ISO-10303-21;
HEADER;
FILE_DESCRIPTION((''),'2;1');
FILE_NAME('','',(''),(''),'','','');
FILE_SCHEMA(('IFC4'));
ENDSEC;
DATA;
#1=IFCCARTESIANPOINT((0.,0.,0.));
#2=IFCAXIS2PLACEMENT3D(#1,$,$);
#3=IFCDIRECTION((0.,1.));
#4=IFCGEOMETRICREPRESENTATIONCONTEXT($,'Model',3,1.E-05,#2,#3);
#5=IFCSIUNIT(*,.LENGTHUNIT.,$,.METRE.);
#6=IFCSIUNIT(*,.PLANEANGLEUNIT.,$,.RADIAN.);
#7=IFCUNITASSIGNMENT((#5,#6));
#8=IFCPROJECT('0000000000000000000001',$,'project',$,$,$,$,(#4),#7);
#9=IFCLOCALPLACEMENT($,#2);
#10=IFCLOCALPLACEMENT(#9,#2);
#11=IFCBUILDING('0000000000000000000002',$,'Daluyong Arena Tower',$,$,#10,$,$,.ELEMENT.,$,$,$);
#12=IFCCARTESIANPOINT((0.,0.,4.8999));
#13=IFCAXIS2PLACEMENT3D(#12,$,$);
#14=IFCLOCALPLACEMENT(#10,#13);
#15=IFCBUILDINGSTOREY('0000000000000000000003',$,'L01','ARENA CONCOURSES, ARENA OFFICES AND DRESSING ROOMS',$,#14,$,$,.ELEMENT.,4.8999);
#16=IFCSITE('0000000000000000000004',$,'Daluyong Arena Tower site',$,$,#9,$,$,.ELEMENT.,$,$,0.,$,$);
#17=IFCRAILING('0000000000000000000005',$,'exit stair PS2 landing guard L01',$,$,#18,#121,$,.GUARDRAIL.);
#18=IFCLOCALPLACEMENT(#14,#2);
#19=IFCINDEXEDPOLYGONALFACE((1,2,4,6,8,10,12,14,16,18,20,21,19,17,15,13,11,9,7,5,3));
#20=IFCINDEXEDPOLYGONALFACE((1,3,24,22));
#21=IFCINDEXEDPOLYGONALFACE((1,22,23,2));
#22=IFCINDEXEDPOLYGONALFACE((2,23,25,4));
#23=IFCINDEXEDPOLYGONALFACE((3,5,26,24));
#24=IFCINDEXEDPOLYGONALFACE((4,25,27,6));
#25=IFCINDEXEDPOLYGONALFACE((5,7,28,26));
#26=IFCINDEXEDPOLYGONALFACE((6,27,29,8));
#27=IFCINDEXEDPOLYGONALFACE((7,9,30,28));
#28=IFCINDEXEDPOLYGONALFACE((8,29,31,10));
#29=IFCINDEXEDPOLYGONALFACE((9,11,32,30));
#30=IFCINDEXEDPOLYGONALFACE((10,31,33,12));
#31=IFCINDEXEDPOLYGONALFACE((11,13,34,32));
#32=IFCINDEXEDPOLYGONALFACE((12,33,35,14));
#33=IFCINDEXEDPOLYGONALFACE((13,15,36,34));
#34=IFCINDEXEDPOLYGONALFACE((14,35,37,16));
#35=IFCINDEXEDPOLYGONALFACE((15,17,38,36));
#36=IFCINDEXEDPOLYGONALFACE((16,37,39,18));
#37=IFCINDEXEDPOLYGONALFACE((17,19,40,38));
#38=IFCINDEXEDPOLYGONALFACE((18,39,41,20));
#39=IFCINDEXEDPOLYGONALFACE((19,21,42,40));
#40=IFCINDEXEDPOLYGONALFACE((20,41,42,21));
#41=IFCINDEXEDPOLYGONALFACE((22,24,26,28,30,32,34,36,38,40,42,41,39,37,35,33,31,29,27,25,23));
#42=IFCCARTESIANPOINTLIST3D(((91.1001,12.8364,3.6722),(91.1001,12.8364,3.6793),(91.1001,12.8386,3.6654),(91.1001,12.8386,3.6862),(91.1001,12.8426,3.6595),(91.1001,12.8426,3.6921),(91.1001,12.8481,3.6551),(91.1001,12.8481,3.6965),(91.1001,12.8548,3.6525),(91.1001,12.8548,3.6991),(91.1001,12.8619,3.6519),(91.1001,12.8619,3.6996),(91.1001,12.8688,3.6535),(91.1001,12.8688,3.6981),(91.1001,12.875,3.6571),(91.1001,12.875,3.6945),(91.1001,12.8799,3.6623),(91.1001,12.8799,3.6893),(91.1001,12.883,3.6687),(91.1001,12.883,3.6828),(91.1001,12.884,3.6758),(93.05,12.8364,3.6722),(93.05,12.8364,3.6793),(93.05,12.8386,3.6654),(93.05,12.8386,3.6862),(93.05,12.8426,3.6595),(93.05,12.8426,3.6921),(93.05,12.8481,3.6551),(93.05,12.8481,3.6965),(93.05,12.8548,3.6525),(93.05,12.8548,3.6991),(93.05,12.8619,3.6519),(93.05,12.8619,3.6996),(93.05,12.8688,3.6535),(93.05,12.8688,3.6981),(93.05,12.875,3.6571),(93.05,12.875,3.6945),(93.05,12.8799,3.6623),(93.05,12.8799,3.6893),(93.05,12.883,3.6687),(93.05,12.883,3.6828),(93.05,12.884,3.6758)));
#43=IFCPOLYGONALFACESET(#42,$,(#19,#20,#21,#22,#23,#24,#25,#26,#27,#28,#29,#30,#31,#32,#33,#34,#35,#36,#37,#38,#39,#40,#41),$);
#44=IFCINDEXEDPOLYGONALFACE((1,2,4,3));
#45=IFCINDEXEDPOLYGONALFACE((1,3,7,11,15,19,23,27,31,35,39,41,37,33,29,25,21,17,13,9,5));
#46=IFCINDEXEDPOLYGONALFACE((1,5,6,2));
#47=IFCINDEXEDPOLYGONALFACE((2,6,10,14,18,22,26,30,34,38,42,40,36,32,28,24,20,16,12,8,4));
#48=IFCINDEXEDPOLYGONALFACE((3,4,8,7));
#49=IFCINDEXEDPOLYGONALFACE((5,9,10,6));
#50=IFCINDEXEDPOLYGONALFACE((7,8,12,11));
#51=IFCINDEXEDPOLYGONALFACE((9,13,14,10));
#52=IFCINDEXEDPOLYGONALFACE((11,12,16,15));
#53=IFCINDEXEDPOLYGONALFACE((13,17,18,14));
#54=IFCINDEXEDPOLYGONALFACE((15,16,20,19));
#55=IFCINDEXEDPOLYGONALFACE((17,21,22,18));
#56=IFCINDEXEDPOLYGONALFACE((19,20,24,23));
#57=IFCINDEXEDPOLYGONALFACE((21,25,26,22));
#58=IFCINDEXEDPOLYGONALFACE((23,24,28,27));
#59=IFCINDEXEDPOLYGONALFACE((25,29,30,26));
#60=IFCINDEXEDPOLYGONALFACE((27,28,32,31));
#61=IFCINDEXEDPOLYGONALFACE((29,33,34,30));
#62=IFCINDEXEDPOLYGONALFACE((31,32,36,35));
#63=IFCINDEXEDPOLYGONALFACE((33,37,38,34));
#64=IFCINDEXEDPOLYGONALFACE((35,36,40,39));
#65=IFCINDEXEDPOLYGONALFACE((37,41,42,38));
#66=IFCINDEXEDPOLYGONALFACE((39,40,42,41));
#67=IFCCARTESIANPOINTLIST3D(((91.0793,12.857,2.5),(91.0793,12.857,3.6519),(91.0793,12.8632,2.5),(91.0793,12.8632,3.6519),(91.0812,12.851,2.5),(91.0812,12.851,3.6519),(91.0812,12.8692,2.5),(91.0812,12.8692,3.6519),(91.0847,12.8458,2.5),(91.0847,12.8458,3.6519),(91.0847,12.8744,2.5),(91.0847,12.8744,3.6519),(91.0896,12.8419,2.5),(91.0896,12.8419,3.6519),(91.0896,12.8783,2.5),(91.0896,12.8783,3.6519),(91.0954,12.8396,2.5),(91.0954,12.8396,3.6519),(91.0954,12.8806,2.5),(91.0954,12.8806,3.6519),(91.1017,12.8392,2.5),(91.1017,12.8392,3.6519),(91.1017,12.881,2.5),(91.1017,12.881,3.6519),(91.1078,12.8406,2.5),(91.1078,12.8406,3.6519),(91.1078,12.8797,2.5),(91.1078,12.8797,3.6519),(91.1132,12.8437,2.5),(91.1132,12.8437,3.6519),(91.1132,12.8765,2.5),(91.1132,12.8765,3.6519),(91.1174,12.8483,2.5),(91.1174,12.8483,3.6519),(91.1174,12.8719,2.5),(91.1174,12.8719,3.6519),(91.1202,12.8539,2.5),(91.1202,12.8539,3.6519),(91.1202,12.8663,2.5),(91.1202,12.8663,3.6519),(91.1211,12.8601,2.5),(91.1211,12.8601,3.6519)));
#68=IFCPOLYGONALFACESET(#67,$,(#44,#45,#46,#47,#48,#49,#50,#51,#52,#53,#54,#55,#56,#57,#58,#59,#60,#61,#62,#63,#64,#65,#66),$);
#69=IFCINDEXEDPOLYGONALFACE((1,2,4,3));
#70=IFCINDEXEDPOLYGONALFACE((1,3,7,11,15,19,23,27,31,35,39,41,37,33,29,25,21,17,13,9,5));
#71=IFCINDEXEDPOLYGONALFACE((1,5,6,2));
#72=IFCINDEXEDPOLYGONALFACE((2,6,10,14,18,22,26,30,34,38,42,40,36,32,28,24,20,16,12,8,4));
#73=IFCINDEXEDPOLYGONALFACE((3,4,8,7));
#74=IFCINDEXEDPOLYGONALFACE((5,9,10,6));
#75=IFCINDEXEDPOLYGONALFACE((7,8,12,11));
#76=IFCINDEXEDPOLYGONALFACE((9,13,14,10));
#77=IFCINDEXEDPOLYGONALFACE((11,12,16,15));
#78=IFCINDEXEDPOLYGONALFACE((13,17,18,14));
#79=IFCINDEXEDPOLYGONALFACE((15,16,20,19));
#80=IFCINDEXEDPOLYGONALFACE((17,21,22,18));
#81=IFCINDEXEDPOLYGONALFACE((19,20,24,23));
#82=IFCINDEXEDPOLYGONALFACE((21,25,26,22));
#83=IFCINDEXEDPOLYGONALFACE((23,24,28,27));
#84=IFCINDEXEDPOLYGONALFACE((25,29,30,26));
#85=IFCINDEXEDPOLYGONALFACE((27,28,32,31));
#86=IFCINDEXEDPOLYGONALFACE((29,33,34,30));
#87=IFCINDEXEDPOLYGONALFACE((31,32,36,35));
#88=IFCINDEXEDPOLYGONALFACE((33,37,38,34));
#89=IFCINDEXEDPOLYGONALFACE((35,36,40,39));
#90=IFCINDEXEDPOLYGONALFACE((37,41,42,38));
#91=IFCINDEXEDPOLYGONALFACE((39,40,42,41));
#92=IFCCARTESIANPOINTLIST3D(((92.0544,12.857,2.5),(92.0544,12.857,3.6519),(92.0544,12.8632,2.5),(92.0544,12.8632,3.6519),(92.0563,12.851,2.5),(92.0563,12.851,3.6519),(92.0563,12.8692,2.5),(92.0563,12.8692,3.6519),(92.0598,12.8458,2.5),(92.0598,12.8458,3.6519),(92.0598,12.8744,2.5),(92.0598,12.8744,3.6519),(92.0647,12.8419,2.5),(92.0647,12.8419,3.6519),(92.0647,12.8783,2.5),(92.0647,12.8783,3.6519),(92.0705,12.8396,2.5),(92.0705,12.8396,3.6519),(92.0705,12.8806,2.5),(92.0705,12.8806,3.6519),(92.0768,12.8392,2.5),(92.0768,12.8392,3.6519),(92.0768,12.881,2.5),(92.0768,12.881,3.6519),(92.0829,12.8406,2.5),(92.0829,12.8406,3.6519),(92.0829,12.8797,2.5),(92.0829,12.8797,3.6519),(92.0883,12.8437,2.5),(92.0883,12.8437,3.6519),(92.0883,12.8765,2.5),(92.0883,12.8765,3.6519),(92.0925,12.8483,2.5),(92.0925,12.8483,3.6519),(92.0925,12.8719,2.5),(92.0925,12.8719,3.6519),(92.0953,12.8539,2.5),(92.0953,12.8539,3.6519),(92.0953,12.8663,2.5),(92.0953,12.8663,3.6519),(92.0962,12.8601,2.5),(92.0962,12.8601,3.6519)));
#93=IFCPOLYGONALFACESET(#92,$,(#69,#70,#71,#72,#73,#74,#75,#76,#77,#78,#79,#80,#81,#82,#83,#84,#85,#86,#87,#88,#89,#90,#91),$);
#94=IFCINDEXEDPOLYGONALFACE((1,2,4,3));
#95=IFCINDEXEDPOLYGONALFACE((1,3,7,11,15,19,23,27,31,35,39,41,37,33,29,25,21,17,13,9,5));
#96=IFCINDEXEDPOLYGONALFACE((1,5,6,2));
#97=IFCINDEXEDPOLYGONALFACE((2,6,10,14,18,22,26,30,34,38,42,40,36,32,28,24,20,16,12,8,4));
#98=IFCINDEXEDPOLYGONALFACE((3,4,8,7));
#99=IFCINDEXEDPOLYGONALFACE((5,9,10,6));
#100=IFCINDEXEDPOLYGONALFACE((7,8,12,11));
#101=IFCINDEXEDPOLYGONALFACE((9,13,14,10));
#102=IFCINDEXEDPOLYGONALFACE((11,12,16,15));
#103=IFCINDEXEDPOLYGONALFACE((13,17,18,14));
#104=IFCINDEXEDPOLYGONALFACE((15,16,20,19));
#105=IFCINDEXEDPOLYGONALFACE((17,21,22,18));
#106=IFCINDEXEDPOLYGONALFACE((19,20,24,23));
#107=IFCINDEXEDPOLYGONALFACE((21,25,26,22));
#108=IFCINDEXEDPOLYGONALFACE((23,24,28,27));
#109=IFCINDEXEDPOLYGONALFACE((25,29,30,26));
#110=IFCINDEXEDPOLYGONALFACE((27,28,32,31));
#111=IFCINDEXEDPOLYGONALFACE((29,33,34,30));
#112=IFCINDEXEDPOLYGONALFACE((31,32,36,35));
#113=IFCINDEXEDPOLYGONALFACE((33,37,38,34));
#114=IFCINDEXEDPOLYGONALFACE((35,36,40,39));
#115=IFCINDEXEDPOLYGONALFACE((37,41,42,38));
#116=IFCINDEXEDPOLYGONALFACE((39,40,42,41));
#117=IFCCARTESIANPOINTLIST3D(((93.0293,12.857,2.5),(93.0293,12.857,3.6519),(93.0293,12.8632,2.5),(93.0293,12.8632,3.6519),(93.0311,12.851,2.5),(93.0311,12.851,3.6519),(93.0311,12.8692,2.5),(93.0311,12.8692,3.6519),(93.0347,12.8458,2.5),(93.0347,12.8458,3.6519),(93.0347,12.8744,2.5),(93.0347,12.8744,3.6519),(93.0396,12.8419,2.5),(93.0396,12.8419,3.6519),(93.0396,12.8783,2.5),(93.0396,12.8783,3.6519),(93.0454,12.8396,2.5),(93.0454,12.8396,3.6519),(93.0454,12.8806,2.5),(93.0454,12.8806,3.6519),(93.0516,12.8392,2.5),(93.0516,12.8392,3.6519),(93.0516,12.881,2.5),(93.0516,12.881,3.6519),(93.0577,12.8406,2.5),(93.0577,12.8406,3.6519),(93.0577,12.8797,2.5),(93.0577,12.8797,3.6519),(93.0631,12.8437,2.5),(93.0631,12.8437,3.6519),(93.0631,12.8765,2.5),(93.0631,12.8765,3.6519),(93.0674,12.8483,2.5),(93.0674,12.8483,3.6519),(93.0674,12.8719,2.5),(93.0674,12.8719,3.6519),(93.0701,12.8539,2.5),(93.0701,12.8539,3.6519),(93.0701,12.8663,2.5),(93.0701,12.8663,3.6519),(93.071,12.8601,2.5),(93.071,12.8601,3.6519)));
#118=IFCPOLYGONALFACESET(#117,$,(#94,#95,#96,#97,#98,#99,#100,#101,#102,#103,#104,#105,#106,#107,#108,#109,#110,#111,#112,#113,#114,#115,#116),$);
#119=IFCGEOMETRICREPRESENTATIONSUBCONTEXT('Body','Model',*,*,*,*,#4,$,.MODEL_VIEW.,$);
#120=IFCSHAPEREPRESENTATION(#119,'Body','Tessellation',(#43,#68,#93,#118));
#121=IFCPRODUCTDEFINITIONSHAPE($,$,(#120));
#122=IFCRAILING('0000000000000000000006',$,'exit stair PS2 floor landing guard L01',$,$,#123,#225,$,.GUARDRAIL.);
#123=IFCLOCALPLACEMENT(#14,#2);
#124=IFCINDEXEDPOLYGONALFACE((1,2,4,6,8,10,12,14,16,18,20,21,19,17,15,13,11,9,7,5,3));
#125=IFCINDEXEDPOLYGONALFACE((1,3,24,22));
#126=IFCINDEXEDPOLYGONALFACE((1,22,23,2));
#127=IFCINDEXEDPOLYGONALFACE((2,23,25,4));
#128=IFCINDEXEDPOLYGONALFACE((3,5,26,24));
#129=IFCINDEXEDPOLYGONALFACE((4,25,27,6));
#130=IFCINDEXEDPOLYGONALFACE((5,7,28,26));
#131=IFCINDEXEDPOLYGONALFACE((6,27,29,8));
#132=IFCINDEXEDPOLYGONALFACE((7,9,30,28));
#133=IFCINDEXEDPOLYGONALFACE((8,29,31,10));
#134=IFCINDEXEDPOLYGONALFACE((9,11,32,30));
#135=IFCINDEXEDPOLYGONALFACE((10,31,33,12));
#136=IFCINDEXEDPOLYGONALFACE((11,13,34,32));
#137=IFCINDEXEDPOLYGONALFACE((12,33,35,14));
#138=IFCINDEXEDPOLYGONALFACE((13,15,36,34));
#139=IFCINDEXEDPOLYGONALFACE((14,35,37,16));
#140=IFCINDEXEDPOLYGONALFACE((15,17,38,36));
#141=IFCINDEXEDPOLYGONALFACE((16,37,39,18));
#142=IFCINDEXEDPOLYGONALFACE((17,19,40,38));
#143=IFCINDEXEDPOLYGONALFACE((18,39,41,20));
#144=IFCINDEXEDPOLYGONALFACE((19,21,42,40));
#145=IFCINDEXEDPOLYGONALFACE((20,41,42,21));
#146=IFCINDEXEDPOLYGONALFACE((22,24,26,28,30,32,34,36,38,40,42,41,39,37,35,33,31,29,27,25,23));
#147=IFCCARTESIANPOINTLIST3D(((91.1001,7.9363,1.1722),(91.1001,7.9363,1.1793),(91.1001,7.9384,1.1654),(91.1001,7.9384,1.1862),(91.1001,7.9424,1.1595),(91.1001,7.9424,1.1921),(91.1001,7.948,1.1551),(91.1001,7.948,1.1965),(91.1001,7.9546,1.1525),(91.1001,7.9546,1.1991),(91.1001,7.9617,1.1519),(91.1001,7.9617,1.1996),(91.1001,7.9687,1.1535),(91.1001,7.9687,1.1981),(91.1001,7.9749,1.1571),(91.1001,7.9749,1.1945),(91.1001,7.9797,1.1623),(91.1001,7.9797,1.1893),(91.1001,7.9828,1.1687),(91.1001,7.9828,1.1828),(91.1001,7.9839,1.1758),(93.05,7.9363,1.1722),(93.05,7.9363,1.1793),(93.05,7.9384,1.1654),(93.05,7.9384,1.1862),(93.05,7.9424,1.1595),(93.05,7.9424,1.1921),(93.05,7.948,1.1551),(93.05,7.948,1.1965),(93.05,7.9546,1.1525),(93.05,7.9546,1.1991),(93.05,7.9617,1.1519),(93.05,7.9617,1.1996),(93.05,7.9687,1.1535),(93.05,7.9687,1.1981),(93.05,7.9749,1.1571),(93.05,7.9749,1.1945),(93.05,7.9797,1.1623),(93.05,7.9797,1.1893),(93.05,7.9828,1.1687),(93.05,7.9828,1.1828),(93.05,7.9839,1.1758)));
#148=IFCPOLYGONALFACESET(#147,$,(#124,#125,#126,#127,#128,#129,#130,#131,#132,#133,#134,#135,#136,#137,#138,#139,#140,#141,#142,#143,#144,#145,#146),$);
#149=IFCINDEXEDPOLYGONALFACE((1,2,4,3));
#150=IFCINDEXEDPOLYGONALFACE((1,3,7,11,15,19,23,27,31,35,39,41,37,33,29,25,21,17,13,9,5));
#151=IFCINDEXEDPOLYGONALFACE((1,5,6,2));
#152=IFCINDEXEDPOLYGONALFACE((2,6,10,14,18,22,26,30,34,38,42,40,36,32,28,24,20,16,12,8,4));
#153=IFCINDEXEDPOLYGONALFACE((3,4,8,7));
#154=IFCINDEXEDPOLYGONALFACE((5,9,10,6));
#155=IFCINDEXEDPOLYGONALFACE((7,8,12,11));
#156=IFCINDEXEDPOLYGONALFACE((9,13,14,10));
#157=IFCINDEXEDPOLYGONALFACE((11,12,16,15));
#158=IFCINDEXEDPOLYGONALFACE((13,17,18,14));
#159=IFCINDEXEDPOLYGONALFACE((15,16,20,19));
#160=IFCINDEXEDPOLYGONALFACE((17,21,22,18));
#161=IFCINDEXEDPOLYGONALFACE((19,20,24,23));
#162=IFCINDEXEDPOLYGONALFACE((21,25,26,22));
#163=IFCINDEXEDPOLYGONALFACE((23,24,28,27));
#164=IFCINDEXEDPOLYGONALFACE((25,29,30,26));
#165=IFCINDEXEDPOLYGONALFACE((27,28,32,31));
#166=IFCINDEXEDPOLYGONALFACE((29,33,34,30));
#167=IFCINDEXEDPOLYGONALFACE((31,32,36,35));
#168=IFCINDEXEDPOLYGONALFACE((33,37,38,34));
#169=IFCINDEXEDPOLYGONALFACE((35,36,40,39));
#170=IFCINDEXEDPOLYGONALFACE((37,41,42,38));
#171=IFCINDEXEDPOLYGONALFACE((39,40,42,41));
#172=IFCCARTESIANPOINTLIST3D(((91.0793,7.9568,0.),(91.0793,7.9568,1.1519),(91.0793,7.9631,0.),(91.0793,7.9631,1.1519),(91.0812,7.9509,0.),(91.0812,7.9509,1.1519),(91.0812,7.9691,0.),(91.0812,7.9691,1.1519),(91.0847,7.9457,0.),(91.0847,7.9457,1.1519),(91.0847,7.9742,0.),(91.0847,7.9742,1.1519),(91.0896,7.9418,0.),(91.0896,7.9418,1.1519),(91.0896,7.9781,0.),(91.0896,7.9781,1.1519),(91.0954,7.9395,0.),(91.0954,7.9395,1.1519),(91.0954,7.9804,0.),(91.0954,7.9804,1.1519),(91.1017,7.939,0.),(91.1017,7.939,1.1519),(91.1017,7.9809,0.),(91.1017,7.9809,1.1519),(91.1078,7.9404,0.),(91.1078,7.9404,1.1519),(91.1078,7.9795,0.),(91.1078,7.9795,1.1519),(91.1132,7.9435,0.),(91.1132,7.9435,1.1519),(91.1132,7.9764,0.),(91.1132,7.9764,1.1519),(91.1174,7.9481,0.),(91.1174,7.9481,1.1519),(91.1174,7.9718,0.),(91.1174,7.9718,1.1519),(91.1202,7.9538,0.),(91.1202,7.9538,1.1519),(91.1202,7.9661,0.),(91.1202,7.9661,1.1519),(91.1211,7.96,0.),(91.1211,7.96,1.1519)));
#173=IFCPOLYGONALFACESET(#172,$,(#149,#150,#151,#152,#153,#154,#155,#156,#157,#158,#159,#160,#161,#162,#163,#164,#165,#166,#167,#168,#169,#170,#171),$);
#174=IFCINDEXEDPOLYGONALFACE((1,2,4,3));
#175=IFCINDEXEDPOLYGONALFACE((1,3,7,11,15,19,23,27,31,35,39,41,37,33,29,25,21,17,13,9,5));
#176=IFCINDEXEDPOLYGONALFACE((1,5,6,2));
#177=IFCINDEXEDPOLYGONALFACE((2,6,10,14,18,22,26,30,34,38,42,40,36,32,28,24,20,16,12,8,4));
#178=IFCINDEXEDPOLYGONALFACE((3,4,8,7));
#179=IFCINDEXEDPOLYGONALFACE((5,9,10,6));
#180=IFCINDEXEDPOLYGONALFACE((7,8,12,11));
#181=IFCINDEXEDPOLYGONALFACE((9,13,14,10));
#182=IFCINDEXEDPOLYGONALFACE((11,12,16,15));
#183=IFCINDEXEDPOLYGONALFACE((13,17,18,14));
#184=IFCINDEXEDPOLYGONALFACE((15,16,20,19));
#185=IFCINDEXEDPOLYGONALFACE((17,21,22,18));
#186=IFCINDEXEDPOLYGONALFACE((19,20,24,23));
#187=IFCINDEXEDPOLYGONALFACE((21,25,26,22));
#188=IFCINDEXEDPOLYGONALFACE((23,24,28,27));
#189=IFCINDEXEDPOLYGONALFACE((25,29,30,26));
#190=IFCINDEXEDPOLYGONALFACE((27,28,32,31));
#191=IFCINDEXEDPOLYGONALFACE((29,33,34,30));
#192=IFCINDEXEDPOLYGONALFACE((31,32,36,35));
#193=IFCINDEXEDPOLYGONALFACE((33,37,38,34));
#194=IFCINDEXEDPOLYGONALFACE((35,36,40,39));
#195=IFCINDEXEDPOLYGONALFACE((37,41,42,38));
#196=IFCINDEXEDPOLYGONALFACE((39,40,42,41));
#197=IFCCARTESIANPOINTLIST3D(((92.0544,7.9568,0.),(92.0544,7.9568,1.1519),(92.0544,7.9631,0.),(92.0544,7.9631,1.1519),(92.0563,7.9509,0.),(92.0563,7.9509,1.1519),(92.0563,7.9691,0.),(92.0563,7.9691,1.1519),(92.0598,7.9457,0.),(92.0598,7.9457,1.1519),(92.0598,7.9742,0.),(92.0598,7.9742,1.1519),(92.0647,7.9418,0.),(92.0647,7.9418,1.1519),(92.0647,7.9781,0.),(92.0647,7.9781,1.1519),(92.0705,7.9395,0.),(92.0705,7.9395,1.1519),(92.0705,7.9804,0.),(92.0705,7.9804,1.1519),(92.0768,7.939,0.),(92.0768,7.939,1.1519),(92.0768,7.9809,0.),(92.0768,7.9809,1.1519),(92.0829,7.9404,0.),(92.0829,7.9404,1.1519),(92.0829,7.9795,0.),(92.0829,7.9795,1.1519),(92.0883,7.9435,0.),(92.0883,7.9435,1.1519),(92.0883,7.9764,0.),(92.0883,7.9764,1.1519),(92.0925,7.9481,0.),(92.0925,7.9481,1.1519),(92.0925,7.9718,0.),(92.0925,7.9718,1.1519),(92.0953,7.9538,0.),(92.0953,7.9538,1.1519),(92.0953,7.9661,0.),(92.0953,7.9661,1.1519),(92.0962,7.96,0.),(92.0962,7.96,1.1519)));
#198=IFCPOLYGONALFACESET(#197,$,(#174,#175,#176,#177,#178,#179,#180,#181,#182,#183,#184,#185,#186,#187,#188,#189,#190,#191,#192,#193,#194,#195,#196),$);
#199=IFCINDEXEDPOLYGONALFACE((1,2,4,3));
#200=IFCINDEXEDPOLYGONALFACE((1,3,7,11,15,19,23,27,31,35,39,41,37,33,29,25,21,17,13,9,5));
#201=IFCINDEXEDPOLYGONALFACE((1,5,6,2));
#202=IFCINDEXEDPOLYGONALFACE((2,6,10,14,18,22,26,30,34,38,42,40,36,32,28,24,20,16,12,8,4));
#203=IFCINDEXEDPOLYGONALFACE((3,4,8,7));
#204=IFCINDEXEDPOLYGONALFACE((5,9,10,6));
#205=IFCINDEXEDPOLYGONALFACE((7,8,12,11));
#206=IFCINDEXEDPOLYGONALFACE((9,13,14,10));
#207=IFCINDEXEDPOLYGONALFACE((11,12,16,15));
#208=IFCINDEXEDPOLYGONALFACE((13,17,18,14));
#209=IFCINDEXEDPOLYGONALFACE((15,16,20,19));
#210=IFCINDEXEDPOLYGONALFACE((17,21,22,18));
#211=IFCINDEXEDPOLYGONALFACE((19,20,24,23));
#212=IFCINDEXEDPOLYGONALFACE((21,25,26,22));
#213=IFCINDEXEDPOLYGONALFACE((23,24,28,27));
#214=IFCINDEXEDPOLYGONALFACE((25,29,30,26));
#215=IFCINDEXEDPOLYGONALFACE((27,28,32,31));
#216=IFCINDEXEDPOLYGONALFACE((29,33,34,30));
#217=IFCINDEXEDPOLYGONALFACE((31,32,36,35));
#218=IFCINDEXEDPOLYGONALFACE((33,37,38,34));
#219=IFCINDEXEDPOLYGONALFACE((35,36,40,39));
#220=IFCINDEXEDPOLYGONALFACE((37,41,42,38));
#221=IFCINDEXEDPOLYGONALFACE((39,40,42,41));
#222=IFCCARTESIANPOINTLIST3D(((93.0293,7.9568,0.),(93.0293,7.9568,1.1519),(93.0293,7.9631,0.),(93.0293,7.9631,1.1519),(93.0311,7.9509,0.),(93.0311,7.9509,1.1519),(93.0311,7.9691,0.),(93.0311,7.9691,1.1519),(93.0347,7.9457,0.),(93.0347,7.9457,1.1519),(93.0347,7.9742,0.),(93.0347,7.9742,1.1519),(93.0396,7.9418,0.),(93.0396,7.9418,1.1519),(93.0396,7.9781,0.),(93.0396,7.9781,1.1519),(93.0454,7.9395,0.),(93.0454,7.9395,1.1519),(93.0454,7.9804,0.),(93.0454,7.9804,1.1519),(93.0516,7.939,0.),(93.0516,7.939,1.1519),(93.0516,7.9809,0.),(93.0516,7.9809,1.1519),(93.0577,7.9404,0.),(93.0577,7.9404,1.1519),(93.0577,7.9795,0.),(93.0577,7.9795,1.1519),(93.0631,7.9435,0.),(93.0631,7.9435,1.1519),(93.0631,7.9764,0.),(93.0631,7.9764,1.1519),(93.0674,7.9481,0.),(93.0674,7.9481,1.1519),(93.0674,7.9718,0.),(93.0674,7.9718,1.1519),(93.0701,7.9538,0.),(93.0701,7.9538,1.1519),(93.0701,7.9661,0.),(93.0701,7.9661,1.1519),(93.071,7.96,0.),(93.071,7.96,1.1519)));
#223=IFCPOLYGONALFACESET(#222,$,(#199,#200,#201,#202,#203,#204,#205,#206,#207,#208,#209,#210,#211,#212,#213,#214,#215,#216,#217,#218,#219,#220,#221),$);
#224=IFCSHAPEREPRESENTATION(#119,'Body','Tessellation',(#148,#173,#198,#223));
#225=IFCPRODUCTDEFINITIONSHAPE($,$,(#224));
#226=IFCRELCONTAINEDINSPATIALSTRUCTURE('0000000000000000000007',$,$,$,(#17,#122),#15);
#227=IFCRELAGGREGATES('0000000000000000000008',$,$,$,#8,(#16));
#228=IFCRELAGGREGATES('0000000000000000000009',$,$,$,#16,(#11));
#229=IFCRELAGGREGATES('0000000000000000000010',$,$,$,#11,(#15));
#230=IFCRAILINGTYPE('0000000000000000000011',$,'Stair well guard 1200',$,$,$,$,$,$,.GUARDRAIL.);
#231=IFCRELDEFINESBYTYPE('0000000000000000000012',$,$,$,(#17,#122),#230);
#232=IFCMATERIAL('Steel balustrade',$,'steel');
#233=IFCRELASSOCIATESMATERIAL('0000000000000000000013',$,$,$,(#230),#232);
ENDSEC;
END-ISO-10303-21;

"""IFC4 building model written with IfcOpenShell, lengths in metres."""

from ifc_helpers import new_model, si_unit, direction, frame, origin, origin_2d, place, context, subcontext, project, spatial, circle, extrude, material, type_object, element, save


model = new_model("IFC4")

# Units and contexts
model_context = context("Model", 3, precision=1e-05, world=origin(), true_north=direction((0.0, 1.0)))
body_context = subcontext(model_context, "Body", "Model", "MODEL_VIEW")
ifc_project = project(units=[si_unit("LENGTHUNIT", "METRE"), si_unit("PLANEANGLEUNIT", "RADIAN")], contexts=[model_context])

# Site, building, storey
site_placement = place(None, origin())
site = spatial("IfcSite", under=ifc_project, at=site_placement, Name="Daluyong Arena Tower site", CompositionType="ELEMENT", RefElevation=0.0)
building_placement = place(site_placement, origin())
building = spatial("IfcBuilding", under=site, at=building_placement, Name="Daluyong Arena Tower", CompositionType="ELEMENT")
storey_placement = place(building_placement, frame((0.0, 0.0, 4.8999)))
storey = spatial("IfcBuildingStorey", under=building, at=storey_placement, Name="L01", Description="ARENA CONCOURSES, ARENA OFFICES AND DRESSING ROOMS", CompositionType="ELEMENT", Elevation=4.8999)

# Railings
ifc_material_1 = material(Name="Steel balustrade", Category="steel")
railing_type_1 = type_object("IfcRailingType", Name="Stair well guard 1200", PredefinedType="GUARDRAIL", material=ifc_material_1)
for number, where, name in (
    (1, (91.1001, 12.8601, 2.5), "exit stair PS2 landing guard L01"),
    (2, (91.1001, 7.96, 0.0), "exit stair PS2 floor landing guard L01"),
):
    element("IfcRailing", number, at=place(storey_placement, frame(where)), inside=storey, type_object=railing_type_1, Name=name, PredefinedType="GUARDRAIL", context=body_context, shape_type="SweptSolid", body=[
        extrude(circle(Radius=0.0239, at=origin_2d()), frame((0.0, 0.0, 1.1758), z_axis=(1.0, 0.0, 0.0), x_axis=(0.0, 1.0, 0.0)), (0.0, 0.0, 1.0), 1.95),
        extrude(circle(Radius=0.021, at=origin_2d()), origin(), (0.0, 0.0, 1.0), 1.1519),
        extrude(circle(Radius=0.021, at=origin_2d()), frame((0.9751, 0.0, 0.0)), (0.0, 0.0, 1.0), 1.1519),
        extrude(circle(Radius=0.021, at=origin_2d()), frame((1.95, 0.0, 0.0)), (0.0, 0.0, 1.0), 1.1519),
    ])

save(model, "model.ifc")
